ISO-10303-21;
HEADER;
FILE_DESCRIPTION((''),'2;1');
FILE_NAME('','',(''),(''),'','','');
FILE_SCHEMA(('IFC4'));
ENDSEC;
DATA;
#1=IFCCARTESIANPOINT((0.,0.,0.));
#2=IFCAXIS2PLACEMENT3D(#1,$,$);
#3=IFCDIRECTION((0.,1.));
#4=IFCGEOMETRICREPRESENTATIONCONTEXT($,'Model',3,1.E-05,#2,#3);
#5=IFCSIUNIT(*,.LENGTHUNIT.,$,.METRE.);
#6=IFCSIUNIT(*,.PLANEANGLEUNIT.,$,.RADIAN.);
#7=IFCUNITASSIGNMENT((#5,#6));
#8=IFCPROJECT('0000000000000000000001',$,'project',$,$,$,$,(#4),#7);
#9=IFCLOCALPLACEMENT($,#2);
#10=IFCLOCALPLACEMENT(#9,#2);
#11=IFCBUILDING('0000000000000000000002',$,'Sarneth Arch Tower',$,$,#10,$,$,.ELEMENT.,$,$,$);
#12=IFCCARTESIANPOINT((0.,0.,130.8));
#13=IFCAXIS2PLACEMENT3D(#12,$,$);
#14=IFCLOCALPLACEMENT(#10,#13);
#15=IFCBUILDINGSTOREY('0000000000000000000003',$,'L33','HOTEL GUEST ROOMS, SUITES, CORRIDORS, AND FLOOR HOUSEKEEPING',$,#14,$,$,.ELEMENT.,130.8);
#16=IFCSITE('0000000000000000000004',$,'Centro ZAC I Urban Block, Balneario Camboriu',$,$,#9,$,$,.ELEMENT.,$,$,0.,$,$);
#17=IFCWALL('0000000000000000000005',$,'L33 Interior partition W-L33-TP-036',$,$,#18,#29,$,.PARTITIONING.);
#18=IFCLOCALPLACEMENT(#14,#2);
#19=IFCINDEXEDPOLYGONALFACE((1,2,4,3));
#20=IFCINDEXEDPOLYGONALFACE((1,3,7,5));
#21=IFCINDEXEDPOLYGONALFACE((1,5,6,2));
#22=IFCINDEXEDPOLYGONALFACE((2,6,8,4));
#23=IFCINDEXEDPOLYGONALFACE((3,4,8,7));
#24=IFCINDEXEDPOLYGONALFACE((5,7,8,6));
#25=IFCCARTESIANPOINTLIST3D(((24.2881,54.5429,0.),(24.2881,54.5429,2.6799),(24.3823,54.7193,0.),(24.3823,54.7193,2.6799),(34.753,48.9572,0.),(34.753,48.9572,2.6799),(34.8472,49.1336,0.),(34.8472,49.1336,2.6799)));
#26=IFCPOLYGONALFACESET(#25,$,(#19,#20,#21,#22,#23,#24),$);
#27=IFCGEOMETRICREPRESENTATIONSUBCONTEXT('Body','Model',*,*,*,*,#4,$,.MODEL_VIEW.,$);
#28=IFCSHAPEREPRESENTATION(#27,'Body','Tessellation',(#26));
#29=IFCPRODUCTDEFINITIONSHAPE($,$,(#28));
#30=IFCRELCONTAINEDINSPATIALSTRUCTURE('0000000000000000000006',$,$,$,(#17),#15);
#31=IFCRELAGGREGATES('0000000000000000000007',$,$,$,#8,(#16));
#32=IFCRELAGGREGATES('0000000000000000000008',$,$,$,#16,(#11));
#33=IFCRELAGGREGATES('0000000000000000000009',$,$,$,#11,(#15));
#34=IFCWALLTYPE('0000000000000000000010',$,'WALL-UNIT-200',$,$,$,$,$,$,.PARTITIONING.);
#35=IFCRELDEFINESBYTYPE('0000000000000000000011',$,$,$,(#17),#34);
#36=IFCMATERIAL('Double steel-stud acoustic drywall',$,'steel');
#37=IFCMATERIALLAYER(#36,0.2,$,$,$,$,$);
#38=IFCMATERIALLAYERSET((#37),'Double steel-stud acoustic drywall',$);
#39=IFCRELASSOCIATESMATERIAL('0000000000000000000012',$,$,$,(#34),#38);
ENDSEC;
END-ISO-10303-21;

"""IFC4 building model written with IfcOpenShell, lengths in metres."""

from ifc_helpers import new_model, si_unit, direction, frame, frame_2d, origin, place, context, subcontext, project, spatial, rectangle, extrude, material, layer, layer_set, type_object, element, save


model = new_model("IFC4")

# Units and contexts
model_context = context("Model", 3, precision=1e-05, world=origin(), true_north=direction((0.0, 1.0)))
body_context = subcontext(model_context, "Body", "Model", "MODEL_VIEW")
ifc_project = project(units=[si_unit("LENGTHUNIT", "METRE"), si_unit("PLANEANGLEUNIT", "RADIAN")], contexts=[model_context])

# Site, building, storey
site_placement = place(None, origin())
site = spatial("IfcSite", under=ifc_project, at=site_placement, Name="Centro ZAC I Urban Block, Balneario Camboriu", CompositionType="ELEMENT", RefElevation=0.0)
building_placement = place(site_placement, origin())
building = spatial("IfcBuilding", under=site, at=building_placement, Name="Sarneth Arch Tower", CompositionType="ELEMENT")
storey_placement = place(building_placement, frame((0.0, 0.0, 130.8)))
storey = spatial("IfcBuildingStorey", under=building, at=storey_placement, Name="L33", Description="HOTEL GUEST ROOMS, SUITES, CORRIDORS, AND FLOOR HOUSEKEEPING", CompositionType="ELEMENT", Elevation=130.8)

# Wall
ifc_material_1 = material(Name="Double steel-stud acoustic drywall", Category="steel")
ifc_layer_1 = layer(ifc_material_1, 0.2)
ifc_layer_set_1 = layer_set([ifc_layer_1], Name="Double steel-stud acoustic drywall")
wall_type_1 = type_object("IfcWallType", Name="WALL-UNIT-200", PredefinedType="PARTITIONING", material=ifc_layer_set_1)
wall_1_placement = place(storey_placement, frame((24.3352, 54.6311, 0.0), z_axis=(0.0, 0.0, 1.0), x_axis=(0.882197, -0.47088, 0.0)))
element("IfcWall", 1, at=wall_1_placement, inside=storey, type_object=wall_type_1, Name="L33 Interior partition W-L33-TP-036", PredefinedType="PARTITIONING", context=body_context, shape_type="SweptSolid", body=[
    extrude(rectangle(XDim=11.8623, YDim=0.2, at=frame_2d((5.9312, 0.0))), origin(), (0.0, 0.0, 1.0), 2.6799),
])

save(model, "model.ifc")
